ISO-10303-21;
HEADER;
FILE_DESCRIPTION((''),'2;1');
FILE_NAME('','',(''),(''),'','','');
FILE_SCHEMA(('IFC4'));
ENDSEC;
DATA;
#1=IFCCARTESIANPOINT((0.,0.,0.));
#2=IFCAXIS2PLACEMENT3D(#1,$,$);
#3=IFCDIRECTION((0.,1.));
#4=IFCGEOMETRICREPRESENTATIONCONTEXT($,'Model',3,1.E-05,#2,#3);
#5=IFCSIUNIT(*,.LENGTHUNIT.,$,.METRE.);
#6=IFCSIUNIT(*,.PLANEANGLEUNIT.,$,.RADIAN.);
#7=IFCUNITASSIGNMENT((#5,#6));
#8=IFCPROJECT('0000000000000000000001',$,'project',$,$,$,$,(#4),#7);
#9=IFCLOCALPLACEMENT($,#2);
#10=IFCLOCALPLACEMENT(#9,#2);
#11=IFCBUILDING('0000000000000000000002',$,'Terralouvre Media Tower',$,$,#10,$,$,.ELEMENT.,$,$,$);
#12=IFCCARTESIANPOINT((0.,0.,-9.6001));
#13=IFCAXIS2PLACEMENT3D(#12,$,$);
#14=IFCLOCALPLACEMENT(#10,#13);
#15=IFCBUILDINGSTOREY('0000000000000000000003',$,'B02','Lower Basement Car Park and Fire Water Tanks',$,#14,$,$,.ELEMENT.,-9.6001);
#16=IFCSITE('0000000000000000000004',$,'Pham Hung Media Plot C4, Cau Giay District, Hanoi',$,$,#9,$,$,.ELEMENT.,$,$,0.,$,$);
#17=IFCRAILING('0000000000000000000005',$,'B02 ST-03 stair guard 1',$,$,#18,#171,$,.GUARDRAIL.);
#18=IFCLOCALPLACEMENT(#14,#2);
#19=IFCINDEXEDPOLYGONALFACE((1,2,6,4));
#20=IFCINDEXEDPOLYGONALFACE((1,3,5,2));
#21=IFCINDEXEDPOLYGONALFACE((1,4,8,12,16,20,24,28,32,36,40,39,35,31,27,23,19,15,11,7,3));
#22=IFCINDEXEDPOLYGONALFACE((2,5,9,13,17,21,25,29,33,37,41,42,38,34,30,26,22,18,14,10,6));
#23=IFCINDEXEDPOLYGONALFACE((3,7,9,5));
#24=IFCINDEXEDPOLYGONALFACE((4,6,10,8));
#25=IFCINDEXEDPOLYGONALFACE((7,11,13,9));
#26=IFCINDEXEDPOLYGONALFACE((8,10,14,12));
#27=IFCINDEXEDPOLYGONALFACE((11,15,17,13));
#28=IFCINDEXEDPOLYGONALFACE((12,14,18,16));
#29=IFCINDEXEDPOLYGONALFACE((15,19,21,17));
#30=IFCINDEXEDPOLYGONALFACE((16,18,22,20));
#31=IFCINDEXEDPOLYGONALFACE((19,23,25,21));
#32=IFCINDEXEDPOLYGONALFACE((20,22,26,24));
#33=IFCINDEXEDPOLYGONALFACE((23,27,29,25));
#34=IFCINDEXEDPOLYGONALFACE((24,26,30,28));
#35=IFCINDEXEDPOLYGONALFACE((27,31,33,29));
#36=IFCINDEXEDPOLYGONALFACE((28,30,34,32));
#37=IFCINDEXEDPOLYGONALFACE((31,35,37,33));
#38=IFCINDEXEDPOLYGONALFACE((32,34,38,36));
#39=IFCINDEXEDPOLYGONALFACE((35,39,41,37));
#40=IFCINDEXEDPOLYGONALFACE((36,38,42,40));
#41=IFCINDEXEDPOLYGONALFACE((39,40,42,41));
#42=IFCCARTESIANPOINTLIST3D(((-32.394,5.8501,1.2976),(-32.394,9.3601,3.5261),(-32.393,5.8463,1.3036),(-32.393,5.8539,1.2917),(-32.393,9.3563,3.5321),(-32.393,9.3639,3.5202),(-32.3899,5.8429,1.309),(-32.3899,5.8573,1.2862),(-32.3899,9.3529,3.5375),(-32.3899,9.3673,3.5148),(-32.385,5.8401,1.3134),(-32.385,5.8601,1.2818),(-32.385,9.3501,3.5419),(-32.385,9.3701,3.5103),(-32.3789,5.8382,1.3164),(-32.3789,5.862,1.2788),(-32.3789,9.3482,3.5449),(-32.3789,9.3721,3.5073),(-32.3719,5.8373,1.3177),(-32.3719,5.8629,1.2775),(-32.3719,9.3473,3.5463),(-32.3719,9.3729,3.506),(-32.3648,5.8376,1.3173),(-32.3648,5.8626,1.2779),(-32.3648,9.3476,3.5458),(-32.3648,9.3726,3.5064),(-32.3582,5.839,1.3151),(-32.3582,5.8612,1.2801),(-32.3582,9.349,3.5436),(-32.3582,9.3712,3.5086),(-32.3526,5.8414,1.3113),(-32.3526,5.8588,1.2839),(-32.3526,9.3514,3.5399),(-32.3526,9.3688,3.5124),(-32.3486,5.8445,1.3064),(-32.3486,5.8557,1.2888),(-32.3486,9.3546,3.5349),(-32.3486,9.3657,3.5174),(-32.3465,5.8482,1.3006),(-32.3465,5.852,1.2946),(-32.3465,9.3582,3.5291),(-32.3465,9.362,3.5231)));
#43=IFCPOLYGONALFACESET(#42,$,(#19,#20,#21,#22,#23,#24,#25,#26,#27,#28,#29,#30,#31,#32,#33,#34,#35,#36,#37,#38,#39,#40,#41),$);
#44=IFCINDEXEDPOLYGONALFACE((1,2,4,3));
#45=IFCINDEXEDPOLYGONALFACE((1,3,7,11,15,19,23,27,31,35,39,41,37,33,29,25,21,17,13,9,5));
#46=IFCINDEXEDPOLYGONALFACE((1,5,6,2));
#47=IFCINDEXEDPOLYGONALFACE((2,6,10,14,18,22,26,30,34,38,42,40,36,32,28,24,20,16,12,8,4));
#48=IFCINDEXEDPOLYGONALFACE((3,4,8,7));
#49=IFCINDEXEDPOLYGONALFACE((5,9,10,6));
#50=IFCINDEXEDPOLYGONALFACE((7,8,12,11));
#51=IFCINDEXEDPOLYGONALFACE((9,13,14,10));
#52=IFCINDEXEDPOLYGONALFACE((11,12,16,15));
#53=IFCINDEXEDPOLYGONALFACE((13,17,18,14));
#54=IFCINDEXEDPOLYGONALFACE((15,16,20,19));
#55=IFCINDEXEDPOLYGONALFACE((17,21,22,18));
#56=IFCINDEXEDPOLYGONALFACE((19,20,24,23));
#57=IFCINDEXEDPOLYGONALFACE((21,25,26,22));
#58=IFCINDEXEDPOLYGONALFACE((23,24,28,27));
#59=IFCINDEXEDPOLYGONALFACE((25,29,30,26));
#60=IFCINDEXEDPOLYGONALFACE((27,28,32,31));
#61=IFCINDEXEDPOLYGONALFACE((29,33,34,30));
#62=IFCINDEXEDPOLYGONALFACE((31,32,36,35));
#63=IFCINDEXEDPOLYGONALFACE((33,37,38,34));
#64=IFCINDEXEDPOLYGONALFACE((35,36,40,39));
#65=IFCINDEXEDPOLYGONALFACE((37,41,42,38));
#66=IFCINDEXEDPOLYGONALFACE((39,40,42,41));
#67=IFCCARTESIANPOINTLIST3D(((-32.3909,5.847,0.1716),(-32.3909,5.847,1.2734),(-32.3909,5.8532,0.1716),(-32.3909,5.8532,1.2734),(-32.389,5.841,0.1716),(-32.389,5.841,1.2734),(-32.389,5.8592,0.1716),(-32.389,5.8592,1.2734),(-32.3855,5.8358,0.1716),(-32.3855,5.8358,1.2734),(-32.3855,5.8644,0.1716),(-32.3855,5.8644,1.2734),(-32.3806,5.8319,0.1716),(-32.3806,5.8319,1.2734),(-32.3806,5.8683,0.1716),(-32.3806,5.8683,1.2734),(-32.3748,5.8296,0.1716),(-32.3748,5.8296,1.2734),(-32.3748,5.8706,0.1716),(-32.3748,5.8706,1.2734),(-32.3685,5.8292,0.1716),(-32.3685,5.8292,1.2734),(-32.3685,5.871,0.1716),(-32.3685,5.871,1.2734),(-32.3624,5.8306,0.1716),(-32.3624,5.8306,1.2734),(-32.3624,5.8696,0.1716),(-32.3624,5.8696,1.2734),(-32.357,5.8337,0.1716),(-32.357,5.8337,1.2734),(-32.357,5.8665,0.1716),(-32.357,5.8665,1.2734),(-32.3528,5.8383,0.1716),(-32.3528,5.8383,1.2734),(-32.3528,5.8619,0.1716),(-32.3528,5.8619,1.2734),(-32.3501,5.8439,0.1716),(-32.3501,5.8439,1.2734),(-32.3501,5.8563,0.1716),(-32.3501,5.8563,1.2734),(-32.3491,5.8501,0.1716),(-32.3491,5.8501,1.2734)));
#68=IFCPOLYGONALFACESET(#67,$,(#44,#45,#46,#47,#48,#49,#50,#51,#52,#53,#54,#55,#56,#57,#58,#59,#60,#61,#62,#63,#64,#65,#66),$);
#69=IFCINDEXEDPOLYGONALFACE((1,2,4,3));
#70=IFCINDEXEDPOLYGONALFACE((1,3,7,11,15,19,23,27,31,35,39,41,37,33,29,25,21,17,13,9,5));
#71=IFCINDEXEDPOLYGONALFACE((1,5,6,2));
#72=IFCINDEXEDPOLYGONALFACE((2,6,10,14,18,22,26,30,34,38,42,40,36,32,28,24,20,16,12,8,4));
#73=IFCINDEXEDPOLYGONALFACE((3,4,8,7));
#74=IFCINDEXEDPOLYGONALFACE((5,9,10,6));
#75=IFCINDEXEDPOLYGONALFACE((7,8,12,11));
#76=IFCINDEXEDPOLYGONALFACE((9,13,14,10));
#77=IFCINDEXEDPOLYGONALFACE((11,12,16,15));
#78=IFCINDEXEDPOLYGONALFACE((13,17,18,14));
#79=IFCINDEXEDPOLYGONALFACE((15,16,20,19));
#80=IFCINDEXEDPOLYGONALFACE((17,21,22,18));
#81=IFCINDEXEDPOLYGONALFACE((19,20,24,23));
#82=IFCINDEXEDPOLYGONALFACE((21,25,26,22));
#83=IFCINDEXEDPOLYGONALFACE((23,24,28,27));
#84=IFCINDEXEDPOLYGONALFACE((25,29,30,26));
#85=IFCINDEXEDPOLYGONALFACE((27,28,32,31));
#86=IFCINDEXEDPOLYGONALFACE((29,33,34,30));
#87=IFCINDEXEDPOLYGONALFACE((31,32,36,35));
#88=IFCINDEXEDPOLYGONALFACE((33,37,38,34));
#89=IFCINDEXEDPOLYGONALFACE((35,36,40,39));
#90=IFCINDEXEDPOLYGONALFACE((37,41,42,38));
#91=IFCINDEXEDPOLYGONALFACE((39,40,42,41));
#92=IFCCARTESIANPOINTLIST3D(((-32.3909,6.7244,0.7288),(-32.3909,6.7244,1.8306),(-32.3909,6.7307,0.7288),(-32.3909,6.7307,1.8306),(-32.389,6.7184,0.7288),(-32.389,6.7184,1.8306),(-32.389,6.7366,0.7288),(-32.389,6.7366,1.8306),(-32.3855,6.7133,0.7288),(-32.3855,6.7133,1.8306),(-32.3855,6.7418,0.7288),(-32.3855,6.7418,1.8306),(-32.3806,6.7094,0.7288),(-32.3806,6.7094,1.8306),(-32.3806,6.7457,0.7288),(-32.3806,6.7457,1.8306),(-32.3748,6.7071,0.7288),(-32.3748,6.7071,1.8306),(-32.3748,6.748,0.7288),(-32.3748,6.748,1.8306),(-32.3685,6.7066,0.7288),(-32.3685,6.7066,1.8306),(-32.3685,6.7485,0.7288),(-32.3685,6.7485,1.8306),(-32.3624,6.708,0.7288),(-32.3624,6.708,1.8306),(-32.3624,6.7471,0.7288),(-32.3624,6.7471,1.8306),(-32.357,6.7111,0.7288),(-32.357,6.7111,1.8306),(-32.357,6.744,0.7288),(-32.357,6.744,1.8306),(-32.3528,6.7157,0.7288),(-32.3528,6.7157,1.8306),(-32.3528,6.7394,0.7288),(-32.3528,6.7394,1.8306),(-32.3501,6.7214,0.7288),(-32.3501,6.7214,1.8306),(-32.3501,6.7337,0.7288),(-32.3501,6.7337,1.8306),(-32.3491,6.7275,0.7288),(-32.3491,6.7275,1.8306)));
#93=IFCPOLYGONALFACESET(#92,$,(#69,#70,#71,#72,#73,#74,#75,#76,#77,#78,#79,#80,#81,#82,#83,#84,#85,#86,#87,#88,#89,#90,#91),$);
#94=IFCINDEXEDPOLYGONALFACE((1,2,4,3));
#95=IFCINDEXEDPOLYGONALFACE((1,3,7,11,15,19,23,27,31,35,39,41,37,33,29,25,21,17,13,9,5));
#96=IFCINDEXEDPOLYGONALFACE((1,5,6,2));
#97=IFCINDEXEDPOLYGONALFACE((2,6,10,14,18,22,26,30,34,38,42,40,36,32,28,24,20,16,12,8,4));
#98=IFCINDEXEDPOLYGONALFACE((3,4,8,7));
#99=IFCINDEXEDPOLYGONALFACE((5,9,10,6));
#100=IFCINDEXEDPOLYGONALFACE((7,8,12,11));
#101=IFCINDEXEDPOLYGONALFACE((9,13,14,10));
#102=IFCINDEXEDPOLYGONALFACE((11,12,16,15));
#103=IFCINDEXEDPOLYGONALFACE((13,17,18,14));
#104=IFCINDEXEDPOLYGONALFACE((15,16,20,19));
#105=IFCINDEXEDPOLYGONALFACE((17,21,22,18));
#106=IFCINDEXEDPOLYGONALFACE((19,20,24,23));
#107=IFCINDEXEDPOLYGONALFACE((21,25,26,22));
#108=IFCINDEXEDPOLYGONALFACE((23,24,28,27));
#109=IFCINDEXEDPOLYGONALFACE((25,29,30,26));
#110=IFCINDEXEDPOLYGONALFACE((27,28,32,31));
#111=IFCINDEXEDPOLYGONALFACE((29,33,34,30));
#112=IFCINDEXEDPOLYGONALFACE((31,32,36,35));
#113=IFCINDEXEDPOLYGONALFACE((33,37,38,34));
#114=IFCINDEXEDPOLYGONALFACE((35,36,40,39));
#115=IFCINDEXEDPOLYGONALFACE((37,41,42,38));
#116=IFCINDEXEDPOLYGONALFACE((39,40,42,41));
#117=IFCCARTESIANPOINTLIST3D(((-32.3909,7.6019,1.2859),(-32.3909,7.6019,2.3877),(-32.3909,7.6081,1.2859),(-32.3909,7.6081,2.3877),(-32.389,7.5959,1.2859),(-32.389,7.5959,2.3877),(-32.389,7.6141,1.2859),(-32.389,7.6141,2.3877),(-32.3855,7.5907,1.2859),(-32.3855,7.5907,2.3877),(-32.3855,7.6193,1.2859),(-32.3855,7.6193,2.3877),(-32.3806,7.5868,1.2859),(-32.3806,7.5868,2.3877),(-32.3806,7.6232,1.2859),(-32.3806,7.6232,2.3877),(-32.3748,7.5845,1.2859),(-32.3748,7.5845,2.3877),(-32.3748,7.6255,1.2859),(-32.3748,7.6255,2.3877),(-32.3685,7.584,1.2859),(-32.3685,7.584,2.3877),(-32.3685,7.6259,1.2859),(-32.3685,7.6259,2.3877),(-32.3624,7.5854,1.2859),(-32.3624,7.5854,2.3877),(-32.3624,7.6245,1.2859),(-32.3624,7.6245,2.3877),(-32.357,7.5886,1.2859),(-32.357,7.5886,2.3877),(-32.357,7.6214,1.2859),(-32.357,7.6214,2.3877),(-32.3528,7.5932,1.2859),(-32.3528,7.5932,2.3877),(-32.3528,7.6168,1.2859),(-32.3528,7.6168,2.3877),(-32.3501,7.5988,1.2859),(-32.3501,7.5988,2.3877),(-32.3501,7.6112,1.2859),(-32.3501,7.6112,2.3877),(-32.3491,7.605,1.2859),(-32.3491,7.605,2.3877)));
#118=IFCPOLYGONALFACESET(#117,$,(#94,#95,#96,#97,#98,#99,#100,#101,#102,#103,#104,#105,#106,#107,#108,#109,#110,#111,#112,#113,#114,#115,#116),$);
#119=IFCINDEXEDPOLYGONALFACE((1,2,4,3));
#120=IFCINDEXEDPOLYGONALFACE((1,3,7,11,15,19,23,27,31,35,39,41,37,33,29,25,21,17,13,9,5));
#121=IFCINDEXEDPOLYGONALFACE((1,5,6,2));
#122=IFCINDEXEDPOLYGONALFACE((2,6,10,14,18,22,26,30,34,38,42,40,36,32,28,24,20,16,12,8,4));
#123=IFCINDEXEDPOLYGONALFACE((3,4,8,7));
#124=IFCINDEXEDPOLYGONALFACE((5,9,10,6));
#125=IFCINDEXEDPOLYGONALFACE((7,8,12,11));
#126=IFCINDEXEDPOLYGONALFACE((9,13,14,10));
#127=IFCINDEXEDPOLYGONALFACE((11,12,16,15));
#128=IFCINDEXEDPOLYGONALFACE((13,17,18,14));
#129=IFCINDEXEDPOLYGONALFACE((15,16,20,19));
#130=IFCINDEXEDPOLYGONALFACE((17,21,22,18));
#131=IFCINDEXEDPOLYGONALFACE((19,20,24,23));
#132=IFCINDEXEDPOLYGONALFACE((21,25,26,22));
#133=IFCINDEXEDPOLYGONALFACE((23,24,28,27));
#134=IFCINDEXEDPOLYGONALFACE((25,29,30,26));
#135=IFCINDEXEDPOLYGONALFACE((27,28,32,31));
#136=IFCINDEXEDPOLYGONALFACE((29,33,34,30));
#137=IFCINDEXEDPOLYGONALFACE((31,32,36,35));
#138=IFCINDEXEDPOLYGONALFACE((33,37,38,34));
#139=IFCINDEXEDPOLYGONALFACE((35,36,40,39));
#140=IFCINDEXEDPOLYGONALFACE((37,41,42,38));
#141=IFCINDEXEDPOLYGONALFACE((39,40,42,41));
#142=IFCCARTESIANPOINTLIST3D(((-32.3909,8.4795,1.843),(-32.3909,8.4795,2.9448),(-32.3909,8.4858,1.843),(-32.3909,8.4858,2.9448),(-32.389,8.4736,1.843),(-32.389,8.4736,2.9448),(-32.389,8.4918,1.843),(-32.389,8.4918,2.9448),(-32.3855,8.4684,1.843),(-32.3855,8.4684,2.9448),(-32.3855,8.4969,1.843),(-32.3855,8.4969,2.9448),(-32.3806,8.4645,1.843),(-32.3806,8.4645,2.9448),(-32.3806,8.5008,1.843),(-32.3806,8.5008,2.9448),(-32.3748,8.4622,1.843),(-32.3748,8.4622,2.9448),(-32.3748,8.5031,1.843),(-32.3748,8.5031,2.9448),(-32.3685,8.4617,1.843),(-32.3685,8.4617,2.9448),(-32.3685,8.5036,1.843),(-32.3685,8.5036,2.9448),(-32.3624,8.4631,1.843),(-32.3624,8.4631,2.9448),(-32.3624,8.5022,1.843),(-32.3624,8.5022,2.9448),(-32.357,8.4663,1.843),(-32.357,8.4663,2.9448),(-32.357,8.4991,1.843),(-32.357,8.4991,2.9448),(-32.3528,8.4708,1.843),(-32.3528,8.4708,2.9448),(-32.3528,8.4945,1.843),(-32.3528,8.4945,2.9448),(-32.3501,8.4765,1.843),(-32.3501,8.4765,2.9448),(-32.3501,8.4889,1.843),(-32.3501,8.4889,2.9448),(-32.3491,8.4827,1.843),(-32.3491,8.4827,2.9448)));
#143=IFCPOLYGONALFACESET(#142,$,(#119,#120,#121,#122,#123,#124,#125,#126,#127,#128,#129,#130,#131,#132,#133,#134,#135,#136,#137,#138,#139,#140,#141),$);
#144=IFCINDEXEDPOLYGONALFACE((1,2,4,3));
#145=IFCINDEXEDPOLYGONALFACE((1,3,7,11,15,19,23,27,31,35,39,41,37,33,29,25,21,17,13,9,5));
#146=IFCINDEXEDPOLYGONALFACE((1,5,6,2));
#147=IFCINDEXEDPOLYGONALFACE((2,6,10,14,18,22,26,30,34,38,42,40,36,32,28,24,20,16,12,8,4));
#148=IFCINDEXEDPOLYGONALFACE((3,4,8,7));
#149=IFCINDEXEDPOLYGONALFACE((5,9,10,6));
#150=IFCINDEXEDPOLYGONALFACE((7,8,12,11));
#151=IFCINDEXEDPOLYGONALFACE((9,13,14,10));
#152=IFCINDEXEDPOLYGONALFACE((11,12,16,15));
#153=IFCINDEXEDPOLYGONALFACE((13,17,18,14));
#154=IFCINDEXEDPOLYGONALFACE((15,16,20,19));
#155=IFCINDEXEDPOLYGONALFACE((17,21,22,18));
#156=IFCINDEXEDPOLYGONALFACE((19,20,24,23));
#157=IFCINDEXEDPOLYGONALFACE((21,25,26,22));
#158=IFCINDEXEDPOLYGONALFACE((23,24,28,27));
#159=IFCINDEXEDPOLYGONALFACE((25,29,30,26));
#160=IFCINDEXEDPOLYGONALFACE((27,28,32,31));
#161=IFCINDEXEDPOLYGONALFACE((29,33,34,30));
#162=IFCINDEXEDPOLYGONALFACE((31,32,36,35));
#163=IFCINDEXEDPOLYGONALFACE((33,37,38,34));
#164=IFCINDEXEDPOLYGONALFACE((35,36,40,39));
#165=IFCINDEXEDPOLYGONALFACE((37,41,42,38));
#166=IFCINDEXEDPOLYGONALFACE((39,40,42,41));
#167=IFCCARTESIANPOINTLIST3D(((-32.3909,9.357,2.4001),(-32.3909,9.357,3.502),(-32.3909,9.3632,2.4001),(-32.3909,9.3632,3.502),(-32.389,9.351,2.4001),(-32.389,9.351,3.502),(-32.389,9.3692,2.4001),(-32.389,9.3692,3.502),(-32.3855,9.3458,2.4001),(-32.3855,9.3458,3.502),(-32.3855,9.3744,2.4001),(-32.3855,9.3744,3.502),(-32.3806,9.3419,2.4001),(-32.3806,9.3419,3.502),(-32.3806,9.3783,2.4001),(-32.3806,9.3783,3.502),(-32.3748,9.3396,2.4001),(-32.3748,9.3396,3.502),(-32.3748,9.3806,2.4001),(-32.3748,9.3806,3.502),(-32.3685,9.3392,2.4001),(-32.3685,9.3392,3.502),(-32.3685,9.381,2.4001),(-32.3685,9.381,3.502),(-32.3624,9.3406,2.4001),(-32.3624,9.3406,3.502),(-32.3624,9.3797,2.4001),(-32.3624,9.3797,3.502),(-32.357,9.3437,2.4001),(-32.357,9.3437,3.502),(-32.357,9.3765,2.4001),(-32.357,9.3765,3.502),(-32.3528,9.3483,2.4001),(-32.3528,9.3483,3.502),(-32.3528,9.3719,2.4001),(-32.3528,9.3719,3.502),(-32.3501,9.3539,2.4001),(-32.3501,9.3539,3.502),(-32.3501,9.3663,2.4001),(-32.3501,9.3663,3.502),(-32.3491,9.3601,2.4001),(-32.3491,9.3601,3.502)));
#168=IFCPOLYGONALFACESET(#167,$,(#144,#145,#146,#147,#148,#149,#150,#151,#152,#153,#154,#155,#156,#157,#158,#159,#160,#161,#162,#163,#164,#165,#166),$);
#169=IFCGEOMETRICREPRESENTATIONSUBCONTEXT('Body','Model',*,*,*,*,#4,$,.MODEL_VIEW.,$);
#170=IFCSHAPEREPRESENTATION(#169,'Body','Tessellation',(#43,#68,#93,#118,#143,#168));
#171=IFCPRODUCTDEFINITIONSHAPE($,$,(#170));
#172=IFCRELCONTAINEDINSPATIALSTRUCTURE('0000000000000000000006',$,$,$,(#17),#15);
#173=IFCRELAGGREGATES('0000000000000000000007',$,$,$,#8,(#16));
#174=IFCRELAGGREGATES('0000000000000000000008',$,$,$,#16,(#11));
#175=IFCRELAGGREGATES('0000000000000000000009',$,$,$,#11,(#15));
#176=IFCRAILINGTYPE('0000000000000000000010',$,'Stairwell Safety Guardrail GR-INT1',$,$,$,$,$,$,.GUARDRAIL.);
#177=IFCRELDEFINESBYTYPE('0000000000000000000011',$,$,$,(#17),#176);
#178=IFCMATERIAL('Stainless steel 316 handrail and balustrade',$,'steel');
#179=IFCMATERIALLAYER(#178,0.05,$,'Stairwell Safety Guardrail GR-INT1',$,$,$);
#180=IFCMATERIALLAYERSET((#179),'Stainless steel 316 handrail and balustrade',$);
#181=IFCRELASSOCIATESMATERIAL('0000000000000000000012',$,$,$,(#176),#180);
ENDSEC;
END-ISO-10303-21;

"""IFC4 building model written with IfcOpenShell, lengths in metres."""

from ifc_helpers import new_model, si_unit, direction, frame, origin, origin_2d, place, context, subcontext, project, spatial, circle, extrude, material, layer, layer_set, type_object, element, save


model = new_model("IFC4")

# Units and contexts
model_context = context("Model", 3, precision=1e-05, world=origin(), true_north=direction((0.0, 1.0)))
body_context = subcontext(model_context, "Body", "Model", "MODEL_VIEW")
ifc_project = project(units=[si_unit("LENGTHUNIT", "METRE"), si_unit("PLANEANGLEUNIT", "RADIAN")], contexts=[model_context])

# Site, building, storey
site_placement = place(None, origin())
site = spatial("IfcSite", under=ifc_project, at=site_placement, Name="Pham Hung Media Plot C4, Cau Giay District, Hanoi", CompositionType="ELEMENT", RefElevation=0.0)
building_placement = place(site_placement, origin())
building = spatial("IfcBuilding", under=site, at=building_placement, Name="Terralouvre Media Tower", CompositionType="ELEMENT")
storey_placement = place(building_placement, frame((0.0, 0.0, -9.6001)))
storey = spatial("IfcBuildingStorey", under=building, at=storey_placement, Name="B02", Description="Lower Basement Car Park and Fire Water Tanks", CompositionType="ELEMENT", Elevation=-9.6001)

# Railing
ifc_material_1 = material(Name="Stainless steel 316 handrail and balustrade", Category="steel")
ifc_layer_1 = layer(ifc_material_1, 0.05, Name="Stairwell Safety Guardrail GR-INT1")
ifc_layer_set_1 = layer_set([ifc_layer_1], Name="Stainless steel 316 handrail and balustrade")
railing_type_1 = type_object("IfcRailingType", Name="Stairwell Safety Guardrail GR-INT1", PredefinedType="GUARDRAIL", material=ifc_layer_set_1)
railing_1_placement = place(storey_placement, frame((-32.3701, 5.8501, 0.1716)))
element("IfcRailing", 1, at=railing_1_placement, inside=storey, type_object=railing_type_1, Name="B02 ST-03 stair guard 1", PredefinedType="GUARDRAIL", context=body_context, shape_type="SweptSolid", body=[
    extrude(circle(Radius=0.0239, at=origin_2d()), frame((0.0, 0.0, 1.126), z_axis=(0.0, 0.84422, 0.535998), x_axis=(-1.0, 0.0, 0.0)), (0.0, 0.0, 1.0), 4.1577),
    extrude(circle(Radius=0.021, at=origin_2d()), origin(), (0.0, 0.0, 1.0), 1.1018),
    extrude(circle(Radius=0.021, at=origin_2d()), frame((0.0, 0.8774, 0.5571)), (0.0, 0.0, 1.0), 1.1018),
    extrude(circle(Radius=0.021, at=origin_2d()), frame((0.0, 1.7549, 1.1143)), (0.0, 0.0, 1.0), 1.1018),
    extrude(circle(Radius=0.021, at=origin_2d()), frame((0.0, 2.6326, 1.6714)), (0.0, 0.0, 1.0), 1.1018),
    extrude(circle(Radius=0.021, at=origin_2d()), frame((0.0, 3.51, 2.2285)), (0.0, 0.0, 1.0), 1.1018),
])

save(model, "model.ifc")
